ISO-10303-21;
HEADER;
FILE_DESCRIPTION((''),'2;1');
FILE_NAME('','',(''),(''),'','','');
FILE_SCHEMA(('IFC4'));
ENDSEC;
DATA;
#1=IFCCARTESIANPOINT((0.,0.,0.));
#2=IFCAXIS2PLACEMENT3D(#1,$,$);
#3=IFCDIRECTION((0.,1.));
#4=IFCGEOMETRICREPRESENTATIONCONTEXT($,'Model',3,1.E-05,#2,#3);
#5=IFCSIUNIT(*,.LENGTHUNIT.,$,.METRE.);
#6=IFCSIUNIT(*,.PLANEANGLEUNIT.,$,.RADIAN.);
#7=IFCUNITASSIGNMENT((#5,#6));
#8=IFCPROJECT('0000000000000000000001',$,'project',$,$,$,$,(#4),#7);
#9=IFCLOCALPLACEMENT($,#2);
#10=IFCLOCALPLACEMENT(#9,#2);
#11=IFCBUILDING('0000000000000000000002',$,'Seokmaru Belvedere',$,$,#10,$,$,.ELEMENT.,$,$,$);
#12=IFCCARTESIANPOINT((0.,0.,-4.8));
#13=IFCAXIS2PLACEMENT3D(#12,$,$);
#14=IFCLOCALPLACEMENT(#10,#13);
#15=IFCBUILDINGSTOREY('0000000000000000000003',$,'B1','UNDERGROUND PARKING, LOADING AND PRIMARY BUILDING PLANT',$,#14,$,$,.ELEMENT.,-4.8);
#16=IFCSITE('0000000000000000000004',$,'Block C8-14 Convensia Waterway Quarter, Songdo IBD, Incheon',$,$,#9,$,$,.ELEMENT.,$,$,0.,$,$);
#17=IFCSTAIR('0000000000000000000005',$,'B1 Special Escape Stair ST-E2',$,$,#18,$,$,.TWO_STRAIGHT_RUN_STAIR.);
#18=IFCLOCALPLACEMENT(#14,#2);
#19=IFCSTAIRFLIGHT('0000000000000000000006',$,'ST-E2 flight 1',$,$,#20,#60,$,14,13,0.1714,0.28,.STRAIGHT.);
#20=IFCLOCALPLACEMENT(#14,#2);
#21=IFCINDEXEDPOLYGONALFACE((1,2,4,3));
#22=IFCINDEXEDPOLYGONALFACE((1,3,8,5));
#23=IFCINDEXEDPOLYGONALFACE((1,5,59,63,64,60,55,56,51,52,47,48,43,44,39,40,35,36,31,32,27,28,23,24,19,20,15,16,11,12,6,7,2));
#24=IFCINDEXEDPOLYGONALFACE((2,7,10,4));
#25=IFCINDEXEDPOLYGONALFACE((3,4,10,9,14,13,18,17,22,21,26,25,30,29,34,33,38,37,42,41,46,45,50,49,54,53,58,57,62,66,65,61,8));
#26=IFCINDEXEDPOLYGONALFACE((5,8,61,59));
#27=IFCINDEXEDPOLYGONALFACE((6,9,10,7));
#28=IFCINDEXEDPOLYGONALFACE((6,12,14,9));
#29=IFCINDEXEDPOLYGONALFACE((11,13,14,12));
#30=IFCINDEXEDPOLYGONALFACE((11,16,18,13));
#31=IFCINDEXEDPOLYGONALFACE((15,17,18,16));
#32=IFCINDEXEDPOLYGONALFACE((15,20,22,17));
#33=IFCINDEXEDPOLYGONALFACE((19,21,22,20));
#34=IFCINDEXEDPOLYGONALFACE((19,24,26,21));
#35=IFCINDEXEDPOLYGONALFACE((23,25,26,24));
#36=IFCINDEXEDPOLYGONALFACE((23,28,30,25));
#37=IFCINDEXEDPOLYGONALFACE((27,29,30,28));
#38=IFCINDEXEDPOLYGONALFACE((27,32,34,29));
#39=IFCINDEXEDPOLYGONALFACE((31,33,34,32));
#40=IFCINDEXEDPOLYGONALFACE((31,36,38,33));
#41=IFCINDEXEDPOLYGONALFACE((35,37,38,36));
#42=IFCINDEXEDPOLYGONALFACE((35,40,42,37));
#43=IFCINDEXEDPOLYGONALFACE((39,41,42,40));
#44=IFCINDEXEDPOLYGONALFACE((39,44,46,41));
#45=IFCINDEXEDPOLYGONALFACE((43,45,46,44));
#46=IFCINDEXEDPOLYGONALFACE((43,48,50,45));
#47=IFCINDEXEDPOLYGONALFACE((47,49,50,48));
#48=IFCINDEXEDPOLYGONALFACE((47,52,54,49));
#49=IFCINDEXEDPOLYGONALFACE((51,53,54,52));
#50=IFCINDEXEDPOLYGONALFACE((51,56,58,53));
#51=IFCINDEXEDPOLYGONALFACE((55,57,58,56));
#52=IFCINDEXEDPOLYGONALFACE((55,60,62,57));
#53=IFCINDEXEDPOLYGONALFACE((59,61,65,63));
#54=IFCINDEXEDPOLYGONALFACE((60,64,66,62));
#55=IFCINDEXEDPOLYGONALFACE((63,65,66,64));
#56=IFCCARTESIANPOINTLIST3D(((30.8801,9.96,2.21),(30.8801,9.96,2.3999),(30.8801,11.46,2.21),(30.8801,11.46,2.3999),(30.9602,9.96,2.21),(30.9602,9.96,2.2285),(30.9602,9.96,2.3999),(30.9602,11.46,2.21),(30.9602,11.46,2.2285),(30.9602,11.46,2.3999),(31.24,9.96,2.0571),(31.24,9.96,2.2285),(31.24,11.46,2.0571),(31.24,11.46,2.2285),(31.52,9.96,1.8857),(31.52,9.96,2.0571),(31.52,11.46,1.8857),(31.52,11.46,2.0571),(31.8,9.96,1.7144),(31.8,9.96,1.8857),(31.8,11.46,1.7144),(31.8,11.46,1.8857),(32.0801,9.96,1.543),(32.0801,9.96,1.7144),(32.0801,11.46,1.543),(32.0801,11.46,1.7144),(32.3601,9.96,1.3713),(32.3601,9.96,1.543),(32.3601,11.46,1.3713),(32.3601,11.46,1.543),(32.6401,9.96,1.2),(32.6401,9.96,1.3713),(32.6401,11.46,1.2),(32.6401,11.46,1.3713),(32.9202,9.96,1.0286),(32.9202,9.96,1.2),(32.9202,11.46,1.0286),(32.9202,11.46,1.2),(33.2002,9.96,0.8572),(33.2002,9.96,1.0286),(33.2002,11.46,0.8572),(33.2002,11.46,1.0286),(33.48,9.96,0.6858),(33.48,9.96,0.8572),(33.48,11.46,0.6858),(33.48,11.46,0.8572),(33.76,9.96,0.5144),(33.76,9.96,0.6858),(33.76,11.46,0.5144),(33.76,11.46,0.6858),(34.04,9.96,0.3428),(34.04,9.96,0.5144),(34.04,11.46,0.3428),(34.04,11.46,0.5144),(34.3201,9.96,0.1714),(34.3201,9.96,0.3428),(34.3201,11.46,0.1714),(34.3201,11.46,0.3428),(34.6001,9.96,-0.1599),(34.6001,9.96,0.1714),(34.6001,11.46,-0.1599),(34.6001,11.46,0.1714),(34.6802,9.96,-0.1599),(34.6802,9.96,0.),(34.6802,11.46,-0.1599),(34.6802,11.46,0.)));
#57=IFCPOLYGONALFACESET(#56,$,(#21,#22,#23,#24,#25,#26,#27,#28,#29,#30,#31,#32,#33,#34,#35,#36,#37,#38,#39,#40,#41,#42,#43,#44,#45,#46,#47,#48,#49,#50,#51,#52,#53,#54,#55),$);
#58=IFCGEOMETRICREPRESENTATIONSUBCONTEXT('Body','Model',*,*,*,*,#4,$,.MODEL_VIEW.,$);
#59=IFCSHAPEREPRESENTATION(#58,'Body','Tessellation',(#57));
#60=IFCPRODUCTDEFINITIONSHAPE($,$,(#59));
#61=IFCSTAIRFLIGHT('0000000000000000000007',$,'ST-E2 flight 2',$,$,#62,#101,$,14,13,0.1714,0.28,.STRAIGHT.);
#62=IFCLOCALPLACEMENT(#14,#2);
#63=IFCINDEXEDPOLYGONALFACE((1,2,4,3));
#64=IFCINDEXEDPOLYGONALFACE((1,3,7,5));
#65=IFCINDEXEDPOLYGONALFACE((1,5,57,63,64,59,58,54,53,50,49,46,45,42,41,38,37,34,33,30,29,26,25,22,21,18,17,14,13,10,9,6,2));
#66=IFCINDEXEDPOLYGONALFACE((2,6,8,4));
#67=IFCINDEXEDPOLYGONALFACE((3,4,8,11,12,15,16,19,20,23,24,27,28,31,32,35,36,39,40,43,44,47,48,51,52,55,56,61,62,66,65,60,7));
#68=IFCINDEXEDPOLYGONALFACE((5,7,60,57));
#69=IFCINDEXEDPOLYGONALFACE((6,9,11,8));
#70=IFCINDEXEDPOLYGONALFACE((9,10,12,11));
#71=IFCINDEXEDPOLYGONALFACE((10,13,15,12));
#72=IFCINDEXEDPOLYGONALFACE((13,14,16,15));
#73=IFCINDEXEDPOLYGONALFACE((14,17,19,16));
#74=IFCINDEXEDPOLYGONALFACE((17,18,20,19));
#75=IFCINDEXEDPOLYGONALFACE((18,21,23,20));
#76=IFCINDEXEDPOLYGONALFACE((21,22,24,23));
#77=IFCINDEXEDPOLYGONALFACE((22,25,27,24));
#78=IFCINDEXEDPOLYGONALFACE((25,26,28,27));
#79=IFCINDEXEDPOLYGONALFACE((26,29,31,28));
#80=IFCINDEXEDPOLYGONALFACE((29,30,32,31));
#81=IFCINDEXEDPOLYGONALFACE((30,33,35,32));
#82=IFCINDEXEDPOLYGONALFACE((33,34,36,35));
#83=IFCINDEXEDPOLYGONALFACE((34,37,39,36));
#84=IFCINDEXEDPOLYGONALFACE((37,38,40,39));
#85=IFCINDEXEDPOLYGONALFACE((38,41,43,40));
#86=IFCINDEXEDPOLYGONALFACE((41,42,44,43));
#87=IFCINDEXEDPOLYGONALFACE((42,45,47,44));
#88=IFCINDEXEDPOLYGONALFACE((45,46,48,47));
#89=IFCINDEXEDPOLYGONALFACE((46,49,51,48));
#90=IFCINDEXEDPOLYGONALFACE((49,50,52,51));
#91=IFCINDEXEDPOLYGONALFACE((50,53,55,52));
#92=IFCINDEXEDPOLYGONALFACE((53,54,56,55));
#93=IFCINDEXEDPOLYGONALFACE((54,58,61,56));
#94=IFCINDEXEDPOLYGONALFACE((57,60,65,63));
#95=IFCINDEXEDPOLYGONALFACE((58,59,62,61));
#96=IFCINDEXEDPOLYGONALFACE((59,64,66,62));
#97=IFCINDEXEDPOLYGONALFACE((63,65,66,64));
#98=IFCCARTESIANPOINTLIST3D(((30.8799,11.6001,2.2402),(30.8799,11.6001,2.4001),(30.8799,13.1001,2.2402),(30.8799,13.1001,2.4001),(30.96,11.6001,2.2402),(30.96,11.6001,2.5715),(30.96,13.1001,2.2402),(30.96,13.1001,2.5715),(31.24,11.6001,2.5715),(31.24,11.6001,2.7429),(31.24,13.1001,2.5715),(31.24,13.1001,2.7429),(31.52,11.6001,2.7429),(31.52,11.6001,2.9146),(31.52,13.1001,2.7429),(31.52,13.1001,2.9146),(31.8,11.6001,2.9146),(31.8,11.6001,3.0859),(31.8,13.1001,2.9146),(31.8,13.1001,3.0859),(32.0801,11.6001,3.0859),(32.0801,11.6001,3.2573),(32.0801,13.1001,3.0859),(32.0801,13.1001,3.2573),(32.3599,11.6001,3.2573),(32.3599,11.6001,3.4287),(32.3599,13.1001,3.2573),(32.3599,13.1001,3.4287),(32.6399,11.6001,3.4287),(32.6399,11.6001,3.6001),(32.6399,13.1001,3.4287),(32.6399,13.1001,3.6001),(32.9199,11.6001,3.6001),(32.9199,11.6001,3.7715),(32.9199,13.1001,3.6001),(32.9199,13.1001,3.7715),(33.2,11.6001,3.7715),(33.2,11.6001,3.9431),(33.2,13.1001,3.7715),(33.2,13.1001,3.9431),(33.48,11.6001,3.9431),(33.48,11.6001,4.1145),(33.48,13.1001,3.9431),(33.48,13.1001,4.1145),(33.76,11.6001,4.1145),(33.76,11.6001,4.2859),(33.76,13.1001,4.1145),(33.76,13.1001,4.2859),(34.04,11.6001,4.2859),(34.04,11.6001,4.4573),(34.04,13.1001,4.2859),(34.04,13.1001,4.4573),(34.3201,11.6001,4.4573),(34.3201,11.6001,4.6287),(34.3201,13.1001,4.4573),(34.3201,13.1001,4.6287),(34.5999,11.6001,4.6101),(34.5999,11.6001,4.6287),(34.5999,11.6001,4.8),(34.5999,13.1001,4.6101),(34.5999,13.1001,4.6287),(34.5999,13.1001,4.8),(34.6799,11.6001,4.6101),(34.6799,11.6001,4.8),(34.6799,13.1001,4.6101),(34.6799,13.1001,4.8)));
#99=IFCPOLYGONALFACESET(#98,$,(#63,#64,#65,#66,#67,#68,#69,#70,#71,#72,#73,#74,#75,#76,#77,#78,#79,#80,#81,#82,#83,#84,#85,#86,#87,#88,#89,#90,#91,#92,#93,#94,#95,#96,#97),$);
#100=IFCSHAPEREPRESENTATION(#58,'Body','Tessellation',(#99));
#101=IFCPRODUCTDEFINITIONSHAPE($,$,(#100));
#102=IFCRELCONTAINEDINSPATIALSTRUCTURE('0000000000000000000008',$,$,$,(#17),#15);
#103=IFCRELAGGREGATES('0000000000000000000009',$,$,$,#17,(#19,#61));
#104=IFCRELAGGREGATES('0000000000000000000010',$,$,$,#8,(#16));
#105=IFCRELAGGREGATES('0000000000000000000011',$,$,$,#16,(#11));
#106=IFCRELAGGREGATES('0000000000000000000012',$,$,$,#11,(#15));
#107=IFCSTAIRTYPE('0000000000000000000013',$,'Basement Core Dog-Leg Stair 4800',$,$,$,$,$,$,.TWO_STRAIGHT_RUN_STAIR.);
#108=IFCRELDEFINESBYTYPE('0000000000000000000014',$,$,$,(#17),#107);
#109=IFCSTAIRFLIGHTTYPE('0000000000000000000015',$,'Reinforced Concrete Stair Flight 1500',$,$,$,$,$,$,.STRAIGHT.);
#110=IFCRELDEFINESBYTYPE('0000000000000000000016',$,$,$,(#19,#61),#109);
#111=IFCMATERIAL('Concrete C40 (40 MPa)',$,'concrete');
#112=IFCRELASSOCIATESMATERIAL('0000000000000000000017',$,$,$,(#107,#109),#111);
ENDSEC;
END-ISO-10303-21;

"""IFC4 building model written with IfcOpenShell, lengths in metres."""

from ifc_helpers import new_model, si_unit, direction, frame, origin, place, context, subcontext, project, spatial, polyline, outline, extrude, material, type_object, element, aggregate, save


model = new_model("IFC4")

# Units and contexts
model_context = context("Model", 3, precision=1e-05, world=origin(), true_north=direction((0.0, 1.0)))
body_context = subcontext(model_context, "Body", "Model", "MODEL_VIEW")
ifc_project = project(units=[si_unit("LENGTHUNIT", "METRE"), si_unit("PLANEANGLEUNIT", "RADIAN")], contexts=[model_context])

# Site, building, storey
site_placement = place(None, origin())
site = spatial("IfcSite", under=ifc_project, at=site_placement, Name="Block C8-14 Convensia Waterway Quarter, Songdo IBD, Incheon", CompositionType="ELEMENT", RefElevation=0.0)
building_placement = place(site_placement, origin())
building = spatial("IfcBuilding", under=site, at=building_placement, Name="Seokmaru Belvedere", CompositionType="ELEMENT")
storey_placement = place(building_placement, frame((0.0, 0.0, -4.8)))
storey = spatial("IfcBuildingStorey", under=building, at=storey_placement, Name="B1", Description="UNDERGROUND PARKING, LOADING AND PRIMARY BUILDING PLANT", CompositionType="ELEMENT", Elevation=-4.8)

# Stair, stair flights
ifc_material_1 = material(Name="Concrete C40 (40 MPa)", Category="concrete")
stair_type = type_object("IfcStairType", Name="Basement Core Dog-Leg Stair 4800", PredefinedType="TWO_STRAIGHT_RUN_STAIR", material=ifc_material_1)
stair_placement = place(storey_placement, origin())
stair = element("IfcStair", 1, at=stair_placement, inside=storey, type_object=stair_type, Name="B1 Special Escape Stair ST-E2", PredefinedType="TWO_STRAIGHT_RUN_STAIR")
stair_flight_type = type_object("IfcStairFlightType", Name="Reinforced Concrete Stair Flight 1500", PredefinedType="STRAIGHT", material=ifc_material_1)
stair_flight_1_placement = place(storey_placement, frame((34.6001, 10.71, 0.0), z_axis=(0.0, 0.0, 1.0), x_axis=(-1.0, 0.0, 0.0)))
stair_flight_1 = element("IfcStairFlight", 2, at=stair_flight_1_placement, type_object=stair_flight_type, Name="ST-E2 flight 1", NumberOfRisers=14, NumberOfTreads=13, PredefinedType="STRAIGHT", RiserHeight=0.1714, TreadLength=0.28, context=body_context, shape_type="SweptSolid", body=[
    extrude(outline(polyline([(-0.0801, 0.0), (0.0, 0.1714), (0.28, 0.1714), (0.28, 0.3428), (0.5601, 0.3428), (0.5601, 0.5144), (0.8401, 0.5144), (0.8401, 0.6858), (1.1201, 0.6858), (1.1201, 0.8572), (1.3999, 0.8572), (1.3999, 1.0286), (1.6799, 1.0286), (1.6799, 1.2), (1.96, 1.2), (1.96, 1.3713), (2.24, 1.3713), (2.24, 1.543), (2.52, 1.543), (2.52, 1.7144), (2.8, 1.7144), (2.8, 1.8857), (3.0801, 1.8857), (3.0801, 2.0571), (3.3601, 2.0571), (3.3601, 2.2285), (3.6399, 2.2285), (3.6399, 2.3999), (3.72, 2.3999), (3.72, 2.21), (3.6399, 2.21), (0.0, -0.1599), (-0.0801, -0.1599), (-0.0801, 0.0)])), frame((0.0, 0.75, 0.0), z_axis=(0.0, -1.0, 0.0), x_axis=(1.0, 0.0, 0.0)), (0.0, 0.0, 1.0), 1.5),
])
stair_flight_2_placement = place(storey_placement, frame((30.96, 12.3501, 2.4001), z_axis=(0.0, 0.0, 1.0), x_axis=(1.0, 0.0, 0.0)))
stair_flight_2 = element("IfcStairFlight", 3, at=stair_flight_2_placement, type_object=stair_flight_type, Name="ST-E2 flight 2", NumberOfRisers=14, NumberOfTreads=13, PredefinedType="STRAIGHT", RiserHeight=0.1714, TreadLength=0.28, context=body_context, shape_type="SweptSolid", body=[
    extrude(outline(polyline([(-0.0801, 0.0), (0.0, 0.1714), (0.28, 0.1714), (0.28, 0.3428), (0.5601, 0.3428), (0.5601, 0.5144), (0.8401, 0.5144), (0.8401, 0.6858), (1.1201, 0.6858), (1.1201, 0.8572), (1.3999, 0.8572), (1.3999, 1.0286), (1.6799, 1.0286), (1.6799, 1.2), (1.96, 1.2), (1.96, 1.3713), (2.24, 1.3713), (2.24, 1.543), (2.52, 1.543), (2.52, 1.7144), (2.8, 1.7144), (2.8, 1.8857), (3.0801, 1.8857), (3.0801, 2.0571), (3.3601, 2.0571), (3.3601, 2.2285), (3.6399, 2.2285), (3.6399, 2.3999), (3.72, 2.3999), (3.72, 2.21), (3.6399, 2.21), (0.0, -0.1599), (-0.0801, -0.1599), (-0.0801, 0.0)])), frame((0.0, 0.75, 0.0), z_axis=(0.0, -1.0, 0.0), x_axis=(1.0, 0.0, 0.0)), (0.0, 0.0, 1.0), 1.5),
])
aggregate(stair, [stair_flight_1, stair_flight_2])

save(model, "model.ifc")
